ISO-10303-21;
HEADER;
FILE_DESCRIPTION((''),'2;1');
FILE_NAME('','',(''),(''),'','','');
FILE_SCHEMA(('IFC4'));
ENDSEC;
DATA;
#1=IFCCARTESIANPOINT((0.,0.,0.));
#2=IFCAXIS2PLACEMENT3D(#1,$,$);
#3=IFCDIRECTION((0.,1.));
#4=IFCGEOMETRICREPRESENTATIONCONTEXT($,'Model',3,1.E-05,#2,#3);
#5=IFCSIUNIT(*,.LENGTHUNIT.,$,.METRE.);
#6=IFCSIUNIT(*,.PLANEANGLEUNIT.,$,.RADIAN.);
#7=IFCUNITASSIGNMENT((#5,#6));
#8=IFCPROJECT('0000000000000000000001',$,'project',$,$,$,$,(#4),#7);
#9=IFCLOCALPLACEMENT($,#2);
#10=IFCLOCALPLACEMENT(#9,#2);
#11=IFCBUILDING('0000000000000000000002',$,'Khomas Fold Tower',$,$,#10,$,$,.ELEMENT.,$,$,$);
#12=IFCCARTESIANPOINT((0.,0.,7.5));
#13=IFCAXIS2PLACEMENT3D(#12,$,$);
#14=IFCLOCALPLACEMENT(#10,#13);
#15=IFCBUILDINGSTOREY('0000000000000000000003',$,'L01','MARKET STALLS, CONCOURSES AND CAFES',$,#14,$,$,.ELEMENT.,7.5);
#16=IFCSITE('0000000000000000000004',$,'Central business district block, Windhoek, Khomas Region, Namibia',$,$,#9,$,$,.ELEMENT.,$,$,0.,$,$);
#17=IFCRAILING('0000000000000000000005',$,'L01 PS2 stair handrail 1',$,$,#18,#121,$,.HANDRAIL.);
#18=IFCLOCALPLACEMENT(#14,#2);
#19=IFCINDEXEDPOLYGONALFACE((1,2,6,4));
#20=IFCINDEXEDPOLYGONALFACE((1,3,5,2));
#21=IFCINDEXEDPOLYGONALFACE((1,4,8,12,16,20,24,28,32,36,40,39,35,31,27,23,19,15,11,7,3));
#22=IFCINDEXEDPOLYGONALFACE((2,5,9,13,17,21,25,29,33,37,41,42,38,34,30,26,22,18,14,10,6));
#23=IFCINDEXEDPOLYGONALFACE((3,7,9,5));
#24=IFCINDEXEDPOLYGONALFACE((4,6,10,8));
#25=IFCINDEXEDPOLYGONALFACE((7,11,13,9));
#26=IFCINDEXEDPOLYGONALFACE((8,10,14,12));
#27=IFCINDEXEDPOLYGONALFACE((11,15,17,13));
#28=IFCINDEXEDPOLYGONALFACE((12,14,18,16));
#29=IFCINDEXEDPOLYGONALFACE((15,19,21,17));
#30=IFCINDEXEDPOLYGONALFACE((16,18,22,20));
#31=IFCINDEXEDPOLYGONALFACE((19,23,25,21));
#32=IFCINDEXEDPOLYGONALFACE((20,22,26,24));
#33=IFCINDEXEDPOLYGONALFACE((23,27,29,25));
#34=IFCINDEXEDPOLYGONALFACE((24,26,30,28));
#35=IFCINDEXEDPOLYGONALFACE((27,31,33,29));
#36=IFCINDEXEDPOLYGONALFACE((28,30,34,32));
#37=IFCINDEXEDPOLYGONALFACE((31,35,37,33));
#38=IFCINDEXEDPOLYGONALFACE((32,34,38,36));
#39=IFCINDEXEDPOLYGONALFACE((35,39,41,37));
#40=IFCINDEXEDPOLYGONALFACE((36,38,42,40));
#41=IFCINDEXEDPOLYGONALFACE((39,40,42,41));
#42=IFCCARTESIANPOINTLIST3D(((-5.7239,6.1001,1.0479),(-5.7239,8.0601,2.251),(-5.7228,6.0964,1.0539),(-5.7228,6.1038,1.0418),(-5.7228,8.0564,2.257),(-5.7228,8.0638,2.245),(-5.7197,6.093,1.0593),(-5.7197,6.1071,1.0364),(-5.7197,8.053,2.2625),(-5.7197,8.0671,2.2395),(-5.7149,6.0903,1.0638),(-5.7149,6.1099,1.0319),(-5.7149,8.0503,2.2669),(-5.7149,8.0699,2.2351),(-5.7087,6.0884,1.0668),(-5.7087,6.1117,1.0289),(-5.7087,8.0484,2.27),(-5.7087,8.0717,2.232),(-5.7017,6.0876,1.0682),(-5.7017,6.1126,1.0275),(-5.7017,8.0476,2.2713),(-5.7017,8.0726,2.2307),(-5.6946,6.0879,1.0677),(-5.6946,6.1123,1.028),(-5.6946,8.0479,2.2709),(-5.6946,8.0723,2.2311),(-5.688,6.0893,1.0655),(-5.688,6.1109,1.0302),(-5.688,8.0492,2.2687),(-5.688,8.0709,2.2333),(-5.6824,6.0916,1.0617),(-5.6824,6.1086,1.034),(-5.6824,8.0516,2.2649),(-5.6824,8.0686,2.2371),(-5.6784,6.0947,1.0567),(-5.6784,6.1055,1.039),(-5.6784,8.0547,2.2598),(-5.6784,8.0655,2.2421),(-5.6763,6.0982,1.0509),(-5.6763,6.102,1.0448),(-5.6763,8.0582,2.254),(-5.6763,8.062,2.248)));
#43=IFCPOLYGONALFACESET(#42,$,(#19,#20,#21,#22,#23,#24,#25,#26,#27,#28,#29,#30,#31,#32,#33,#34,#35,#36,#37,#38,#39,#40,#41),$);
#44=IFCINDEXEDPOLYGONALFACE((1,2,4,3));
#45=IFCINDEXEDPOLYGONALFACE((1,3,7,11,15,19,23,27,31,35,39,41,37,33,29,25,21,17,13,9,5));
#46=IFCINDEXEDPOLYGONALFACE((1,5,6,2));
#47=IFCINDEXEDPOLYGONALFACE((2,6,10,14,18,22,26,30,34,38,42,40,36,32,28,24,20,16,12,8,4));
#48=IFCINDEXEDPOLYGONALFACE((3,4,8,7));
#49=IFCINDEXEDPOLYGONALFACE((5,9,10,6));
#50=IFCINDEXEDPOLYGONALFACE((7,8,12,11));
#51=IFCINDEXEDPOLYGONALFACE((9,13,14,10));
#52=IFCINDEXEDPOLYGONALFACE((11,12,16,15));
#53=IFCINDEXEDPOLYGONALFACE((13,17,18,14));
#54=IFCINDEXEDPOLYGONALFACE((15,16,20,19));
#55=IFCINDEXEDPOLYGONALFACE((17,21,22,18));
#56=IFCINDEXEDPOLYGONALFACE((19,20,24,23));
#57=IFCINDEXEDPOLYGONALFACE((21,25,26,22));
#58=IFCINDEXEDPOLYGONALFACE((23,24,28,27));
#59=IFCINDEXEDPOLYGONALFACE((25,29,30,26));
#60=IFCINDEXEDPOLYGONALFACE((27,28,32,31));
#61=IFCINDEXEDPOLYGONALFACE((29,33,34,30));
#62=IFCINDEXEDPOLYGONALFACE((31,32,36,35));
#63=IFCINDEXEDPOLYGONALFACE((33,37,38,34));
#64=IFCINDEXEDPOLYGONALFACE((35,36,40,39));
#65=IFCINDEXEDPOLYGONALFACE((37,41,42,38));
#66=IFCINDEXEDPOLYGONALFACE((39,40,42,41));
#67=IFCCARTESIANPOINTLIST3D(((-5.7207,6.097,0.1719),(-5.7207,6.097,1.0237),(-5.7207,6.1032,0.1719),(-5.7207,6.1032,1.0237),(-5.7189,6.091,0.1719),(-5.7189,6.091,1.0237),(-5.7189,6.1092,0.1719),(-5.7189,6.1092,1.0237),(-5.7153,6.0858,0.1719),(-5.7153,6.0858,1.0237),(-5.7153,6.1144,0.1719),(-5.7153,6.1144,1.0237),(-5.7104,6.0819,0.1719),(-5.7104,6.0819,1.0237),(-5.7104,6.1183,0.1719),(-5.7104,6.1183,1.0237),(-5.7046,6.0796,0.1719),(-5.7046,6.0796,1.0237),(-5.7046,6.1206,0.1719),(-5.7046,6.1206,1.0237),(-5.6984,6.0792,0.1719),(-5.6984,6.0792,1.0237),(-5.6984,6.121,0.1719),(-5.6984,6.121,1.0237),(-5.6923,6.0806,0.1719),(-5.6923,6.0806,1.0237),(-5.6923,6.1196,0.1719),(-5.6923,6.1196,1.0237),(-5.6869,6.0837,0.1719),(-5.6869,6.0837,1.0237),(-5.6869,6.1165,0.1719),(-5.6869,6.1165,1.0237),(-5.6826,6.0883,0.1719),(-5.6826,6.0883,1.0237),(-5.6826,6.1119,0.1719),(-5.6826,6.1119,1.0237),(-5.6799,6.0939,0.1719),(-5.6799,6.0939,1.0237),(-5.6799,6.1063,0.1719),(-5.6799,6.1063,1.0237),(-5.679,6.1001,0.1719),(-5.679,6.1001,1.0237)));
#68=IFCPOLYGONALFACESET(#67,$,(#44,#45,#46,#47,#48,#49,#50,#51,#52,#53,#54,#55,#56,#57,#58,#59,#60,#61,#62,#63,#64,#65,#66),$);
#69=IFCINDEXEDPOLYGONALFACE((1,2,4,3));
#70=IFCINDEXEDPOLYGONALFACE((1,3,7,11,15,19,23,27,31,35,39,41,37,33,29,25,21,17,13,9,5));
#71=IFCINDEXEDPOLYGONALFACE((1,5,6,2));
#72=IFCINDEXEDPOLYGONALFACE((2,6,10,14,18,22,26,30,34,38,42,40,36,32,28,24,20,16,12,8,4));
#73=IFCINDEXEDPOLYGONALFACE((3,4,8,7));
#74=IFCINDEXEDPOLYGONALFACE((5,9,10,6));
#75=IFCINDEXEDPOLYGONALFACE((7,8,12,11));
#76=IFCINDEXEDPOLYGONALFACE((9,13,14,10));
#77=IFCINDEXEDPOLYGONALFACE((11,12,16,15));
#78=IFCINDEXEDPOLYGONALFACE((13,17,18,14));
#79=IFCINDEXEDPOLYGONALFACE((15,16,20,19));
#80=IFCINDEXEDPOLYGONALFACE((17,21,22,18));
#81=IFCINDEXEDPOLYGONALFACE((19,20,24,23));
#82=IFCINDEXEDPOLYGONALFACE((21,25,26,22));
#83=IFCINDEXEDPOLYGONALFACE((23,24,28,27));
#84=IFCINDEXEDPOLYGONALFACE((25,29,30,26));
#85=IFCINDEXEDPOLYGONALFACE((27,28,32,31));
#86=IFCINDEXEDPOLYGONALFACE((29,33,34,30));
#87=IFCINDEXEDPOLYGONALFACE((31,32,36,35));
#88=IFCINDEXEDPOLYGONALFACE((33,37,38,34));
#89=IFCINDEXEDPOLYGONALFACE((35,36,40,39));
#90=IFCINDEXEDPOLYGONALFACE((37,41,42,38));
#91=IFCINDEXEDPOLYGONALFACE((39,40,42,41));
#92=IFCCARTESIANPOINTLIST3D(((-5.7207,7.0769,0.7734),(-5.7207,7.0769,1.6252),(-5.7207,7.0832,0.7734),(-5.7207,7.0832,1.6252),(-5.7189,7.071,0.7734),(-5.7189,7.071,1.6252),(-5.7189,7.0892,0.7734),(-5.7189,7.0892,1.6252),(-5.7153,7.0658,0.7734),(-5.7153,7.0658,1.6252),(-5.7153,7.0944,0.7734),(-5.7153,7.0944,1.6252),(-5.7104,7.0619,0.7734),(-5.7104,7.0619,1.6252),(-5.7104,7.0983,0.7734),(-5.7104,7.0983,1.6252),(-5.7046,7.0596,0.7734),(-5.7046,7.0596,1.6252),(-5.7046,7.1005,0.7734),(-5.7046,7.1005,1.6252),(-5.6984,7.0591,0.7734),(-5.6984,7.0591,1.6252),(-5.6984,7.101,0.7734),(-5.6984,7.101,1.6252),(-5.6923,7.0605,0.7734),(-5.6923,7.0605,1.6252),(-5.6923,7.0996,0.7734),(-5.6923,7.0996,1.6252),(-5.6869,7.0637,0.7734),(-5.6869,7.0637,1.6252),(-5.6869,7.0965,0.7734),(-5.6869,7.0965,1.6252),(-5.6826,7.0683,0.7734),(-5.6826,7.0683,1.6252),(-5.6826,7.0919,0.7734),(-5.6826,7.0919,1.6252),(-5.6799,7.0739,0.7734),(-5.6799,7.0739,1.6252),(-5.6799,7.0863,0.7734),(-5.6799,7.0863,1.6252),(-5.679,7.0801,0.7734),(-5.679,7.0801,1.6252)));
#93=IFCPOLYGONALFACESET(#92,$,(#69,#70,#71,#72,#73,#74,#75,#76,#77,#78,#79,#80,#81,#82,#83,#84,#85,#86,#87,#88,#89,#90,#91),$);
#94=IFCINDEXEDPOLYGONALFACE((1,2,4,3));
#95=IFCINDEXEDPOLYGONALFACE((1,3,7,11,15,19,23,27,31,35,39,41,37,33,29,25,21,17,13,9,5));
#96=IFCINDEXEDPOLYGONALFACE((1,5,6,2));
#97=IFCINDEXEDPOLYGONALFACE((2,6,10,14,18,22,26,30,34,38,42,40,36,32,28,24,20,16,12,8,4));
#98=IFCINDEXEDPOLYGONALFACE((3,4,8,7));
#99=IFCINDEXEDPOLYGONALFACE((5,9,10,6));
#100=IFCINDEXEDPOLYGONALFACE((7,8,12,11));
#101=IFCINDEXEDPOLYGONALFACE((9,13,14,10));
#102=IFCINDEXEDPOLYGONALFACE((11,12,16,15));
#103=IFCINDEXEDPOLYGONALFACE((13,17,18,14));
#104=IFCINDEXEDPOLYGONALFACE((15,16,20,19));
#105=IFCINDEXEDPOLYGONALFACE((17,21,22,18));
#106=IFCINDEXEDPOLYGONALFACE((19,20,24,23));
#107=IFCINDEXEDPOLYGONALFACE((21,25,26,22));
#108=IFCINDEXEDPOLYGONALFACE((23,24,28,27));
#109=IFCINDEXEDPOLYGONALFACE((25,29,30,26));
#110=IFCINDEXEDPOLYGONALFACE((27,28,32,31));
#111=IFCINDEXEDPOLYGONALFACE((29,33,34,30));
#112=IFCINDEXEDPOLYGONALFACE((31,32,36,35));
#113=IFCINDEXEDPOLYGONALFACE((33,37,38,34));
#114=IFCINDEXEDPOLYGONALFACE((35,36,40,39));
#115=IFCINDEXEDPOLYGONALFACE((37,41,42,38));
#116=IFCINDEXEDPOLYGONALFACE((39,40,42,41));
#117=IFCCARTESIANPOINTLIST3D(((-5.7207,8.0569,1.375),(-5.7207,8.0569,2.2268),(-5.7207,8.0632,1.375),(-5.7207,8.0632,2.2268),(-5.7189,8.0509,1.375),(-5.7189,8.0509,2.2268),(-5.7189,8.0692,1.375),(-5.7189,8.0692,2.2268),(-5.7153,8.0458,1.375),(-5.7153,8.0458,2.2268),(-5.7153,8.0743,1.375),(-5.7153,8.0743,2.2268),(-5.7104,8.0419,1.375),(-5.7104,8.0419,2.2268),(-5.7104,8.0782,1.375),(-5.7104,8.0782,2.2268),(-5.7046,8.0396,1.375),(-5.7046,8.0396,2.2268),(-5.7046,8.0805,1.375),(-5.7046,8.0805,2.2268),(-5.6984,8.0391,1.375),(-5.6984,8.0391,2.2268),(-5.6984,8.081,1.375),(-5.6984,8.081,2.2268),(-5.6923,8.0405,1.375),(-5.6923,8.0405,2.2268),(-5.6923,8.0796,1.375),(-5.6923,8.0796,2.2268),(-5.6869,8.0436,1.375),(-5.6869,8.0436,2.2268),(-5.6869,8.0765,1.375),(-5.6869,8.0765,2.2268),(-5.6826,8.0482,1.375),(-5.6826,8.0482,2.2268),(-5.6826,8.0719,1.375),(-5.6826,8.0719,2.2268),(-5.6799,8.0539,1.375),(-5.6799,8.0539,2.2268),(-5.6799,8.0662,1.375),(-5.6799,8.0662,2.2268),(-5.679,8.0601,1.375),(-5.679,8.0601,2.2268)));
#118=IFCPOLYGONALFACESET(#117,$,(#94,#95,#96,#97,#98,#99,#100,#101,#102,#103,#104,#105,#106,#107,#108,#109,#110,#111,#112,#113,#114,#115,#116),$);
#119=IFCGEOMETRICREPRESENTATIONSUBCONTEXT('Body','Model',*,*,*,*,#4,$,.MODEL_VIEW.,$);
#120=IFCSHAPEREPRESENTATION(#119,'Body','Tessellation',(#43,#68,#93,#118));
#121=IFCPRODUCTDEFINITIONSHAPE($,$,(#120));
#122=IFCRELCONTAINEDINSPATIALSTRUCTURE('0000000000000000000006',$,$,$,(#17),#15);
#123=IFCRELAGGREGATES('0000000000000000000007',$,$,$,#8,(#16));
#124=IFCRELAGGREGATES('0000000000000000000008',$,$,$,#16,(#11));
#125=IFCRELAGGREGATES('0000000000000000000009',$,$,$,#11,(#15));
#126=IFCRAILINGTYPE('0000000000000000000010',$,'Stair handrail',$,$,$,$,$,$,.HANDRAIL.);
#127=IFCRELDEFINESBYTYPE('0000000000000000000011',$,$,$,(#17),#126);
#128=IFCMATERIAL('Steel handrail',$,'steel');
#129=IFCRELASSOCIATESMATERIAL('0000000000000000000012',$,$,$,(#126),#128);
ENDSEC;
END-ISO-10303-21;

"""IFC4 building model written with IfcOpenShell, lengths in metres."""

from ifc_helpers import new_model, si_unit, direction, frame, origin, origin_2d, place, context, subcontext, project, spatial, circle, extrude, source, transform, mapped, material, type_object, element, save


model = new_model("IFC4")

# Units and contexts
model_context = context("Model", 3, precision=1e-05, world=origin(), true_north=direction((0.0, 1.0)))
body_context = subcontext(model_context, "Body", "Model", "MODEL_VIEW")
ifc_project = project(units=[si_unit("LENGTHUNIT", "METRE"), si_unit("PLANEANGLEUNIT", "RADIAN")], contexts=[model_context])

# Site, building, storey
site_placement = place(None, origin())
site = spatial("IfcSite", under=ifc_project, at=site_placement, Name="Central business district block, Windhoek, Khomas Region, Namibia", CompositionType="ELEMENT", RefElevation=0.0)
building_placement = place(site_placement, origin())
building = spatial("IfcBuilding", under=site, at=building_placement, Name="Khomas Fold Tower", CompositionType="ELEMENT")
storey_placement = place(building_placement, frame((0.0, 0.0, 7.5)))
storey = spatial("IfcBuildingStorey", under=building, at=storey_placement, Name="L01", Description="MARKET STALLS, CONCOURSES AND CAFES", CompositionType="ELEMENT", Elevation=7.5)

# Railing
ifc_material_1 = material(Name="Steel handrail", Category="steel")
railing_type_1 = type_object("IfcRailingType", Name="Stair handrail", PredefinedType="HANDRAIL", material=ifc_material_1)
shared_shape_1 = source(origin(), body_context, "Body", "SweptSolid", [
    extrude(circle(Radius=0.0239, at=origin_2d()), frame((0.0, 0.0, 0.876), z_axis=(0.0, 0.852241, 0.523149), x_axis=(-1.0, 0.0, 0.0)), (0.0, 0.0, 1.0), 2.2998),
    extrude(circle(Radius=0.021, at=origin_2d()), origin(), (0.0, 0.0, 1.0), 0.8518),
    extrude(circle(Radius=0.021, at=origin_2d()), frame((0.0, 0.98, 0.6016)), (0.0, 0.0, 1.0), 0.8518),
    extrude(circle(Radius=0.021, at=origin_2d()), frame((0.0, 1.96, 1.2031)), (0.0, 0.0, 1.0), 0.8518),
])
for number, where, name in (
    (1, (-5.7, 6.1001, 0.1719), "L01 PS2 stair handrail 1"),
):
    element("IfcRailing", number, at=place(storey_placement, frame(where)), inside=storey, type_object=railing_type_1, Name=name, PredefinedType="HANDRAIL", context=body_context, shape_type="MappedRepresentation", body=[
        mapped(shared_shape_1, transform((0.0, 0.0, 0.0))),
    ])

save(model, "model.ifc")
